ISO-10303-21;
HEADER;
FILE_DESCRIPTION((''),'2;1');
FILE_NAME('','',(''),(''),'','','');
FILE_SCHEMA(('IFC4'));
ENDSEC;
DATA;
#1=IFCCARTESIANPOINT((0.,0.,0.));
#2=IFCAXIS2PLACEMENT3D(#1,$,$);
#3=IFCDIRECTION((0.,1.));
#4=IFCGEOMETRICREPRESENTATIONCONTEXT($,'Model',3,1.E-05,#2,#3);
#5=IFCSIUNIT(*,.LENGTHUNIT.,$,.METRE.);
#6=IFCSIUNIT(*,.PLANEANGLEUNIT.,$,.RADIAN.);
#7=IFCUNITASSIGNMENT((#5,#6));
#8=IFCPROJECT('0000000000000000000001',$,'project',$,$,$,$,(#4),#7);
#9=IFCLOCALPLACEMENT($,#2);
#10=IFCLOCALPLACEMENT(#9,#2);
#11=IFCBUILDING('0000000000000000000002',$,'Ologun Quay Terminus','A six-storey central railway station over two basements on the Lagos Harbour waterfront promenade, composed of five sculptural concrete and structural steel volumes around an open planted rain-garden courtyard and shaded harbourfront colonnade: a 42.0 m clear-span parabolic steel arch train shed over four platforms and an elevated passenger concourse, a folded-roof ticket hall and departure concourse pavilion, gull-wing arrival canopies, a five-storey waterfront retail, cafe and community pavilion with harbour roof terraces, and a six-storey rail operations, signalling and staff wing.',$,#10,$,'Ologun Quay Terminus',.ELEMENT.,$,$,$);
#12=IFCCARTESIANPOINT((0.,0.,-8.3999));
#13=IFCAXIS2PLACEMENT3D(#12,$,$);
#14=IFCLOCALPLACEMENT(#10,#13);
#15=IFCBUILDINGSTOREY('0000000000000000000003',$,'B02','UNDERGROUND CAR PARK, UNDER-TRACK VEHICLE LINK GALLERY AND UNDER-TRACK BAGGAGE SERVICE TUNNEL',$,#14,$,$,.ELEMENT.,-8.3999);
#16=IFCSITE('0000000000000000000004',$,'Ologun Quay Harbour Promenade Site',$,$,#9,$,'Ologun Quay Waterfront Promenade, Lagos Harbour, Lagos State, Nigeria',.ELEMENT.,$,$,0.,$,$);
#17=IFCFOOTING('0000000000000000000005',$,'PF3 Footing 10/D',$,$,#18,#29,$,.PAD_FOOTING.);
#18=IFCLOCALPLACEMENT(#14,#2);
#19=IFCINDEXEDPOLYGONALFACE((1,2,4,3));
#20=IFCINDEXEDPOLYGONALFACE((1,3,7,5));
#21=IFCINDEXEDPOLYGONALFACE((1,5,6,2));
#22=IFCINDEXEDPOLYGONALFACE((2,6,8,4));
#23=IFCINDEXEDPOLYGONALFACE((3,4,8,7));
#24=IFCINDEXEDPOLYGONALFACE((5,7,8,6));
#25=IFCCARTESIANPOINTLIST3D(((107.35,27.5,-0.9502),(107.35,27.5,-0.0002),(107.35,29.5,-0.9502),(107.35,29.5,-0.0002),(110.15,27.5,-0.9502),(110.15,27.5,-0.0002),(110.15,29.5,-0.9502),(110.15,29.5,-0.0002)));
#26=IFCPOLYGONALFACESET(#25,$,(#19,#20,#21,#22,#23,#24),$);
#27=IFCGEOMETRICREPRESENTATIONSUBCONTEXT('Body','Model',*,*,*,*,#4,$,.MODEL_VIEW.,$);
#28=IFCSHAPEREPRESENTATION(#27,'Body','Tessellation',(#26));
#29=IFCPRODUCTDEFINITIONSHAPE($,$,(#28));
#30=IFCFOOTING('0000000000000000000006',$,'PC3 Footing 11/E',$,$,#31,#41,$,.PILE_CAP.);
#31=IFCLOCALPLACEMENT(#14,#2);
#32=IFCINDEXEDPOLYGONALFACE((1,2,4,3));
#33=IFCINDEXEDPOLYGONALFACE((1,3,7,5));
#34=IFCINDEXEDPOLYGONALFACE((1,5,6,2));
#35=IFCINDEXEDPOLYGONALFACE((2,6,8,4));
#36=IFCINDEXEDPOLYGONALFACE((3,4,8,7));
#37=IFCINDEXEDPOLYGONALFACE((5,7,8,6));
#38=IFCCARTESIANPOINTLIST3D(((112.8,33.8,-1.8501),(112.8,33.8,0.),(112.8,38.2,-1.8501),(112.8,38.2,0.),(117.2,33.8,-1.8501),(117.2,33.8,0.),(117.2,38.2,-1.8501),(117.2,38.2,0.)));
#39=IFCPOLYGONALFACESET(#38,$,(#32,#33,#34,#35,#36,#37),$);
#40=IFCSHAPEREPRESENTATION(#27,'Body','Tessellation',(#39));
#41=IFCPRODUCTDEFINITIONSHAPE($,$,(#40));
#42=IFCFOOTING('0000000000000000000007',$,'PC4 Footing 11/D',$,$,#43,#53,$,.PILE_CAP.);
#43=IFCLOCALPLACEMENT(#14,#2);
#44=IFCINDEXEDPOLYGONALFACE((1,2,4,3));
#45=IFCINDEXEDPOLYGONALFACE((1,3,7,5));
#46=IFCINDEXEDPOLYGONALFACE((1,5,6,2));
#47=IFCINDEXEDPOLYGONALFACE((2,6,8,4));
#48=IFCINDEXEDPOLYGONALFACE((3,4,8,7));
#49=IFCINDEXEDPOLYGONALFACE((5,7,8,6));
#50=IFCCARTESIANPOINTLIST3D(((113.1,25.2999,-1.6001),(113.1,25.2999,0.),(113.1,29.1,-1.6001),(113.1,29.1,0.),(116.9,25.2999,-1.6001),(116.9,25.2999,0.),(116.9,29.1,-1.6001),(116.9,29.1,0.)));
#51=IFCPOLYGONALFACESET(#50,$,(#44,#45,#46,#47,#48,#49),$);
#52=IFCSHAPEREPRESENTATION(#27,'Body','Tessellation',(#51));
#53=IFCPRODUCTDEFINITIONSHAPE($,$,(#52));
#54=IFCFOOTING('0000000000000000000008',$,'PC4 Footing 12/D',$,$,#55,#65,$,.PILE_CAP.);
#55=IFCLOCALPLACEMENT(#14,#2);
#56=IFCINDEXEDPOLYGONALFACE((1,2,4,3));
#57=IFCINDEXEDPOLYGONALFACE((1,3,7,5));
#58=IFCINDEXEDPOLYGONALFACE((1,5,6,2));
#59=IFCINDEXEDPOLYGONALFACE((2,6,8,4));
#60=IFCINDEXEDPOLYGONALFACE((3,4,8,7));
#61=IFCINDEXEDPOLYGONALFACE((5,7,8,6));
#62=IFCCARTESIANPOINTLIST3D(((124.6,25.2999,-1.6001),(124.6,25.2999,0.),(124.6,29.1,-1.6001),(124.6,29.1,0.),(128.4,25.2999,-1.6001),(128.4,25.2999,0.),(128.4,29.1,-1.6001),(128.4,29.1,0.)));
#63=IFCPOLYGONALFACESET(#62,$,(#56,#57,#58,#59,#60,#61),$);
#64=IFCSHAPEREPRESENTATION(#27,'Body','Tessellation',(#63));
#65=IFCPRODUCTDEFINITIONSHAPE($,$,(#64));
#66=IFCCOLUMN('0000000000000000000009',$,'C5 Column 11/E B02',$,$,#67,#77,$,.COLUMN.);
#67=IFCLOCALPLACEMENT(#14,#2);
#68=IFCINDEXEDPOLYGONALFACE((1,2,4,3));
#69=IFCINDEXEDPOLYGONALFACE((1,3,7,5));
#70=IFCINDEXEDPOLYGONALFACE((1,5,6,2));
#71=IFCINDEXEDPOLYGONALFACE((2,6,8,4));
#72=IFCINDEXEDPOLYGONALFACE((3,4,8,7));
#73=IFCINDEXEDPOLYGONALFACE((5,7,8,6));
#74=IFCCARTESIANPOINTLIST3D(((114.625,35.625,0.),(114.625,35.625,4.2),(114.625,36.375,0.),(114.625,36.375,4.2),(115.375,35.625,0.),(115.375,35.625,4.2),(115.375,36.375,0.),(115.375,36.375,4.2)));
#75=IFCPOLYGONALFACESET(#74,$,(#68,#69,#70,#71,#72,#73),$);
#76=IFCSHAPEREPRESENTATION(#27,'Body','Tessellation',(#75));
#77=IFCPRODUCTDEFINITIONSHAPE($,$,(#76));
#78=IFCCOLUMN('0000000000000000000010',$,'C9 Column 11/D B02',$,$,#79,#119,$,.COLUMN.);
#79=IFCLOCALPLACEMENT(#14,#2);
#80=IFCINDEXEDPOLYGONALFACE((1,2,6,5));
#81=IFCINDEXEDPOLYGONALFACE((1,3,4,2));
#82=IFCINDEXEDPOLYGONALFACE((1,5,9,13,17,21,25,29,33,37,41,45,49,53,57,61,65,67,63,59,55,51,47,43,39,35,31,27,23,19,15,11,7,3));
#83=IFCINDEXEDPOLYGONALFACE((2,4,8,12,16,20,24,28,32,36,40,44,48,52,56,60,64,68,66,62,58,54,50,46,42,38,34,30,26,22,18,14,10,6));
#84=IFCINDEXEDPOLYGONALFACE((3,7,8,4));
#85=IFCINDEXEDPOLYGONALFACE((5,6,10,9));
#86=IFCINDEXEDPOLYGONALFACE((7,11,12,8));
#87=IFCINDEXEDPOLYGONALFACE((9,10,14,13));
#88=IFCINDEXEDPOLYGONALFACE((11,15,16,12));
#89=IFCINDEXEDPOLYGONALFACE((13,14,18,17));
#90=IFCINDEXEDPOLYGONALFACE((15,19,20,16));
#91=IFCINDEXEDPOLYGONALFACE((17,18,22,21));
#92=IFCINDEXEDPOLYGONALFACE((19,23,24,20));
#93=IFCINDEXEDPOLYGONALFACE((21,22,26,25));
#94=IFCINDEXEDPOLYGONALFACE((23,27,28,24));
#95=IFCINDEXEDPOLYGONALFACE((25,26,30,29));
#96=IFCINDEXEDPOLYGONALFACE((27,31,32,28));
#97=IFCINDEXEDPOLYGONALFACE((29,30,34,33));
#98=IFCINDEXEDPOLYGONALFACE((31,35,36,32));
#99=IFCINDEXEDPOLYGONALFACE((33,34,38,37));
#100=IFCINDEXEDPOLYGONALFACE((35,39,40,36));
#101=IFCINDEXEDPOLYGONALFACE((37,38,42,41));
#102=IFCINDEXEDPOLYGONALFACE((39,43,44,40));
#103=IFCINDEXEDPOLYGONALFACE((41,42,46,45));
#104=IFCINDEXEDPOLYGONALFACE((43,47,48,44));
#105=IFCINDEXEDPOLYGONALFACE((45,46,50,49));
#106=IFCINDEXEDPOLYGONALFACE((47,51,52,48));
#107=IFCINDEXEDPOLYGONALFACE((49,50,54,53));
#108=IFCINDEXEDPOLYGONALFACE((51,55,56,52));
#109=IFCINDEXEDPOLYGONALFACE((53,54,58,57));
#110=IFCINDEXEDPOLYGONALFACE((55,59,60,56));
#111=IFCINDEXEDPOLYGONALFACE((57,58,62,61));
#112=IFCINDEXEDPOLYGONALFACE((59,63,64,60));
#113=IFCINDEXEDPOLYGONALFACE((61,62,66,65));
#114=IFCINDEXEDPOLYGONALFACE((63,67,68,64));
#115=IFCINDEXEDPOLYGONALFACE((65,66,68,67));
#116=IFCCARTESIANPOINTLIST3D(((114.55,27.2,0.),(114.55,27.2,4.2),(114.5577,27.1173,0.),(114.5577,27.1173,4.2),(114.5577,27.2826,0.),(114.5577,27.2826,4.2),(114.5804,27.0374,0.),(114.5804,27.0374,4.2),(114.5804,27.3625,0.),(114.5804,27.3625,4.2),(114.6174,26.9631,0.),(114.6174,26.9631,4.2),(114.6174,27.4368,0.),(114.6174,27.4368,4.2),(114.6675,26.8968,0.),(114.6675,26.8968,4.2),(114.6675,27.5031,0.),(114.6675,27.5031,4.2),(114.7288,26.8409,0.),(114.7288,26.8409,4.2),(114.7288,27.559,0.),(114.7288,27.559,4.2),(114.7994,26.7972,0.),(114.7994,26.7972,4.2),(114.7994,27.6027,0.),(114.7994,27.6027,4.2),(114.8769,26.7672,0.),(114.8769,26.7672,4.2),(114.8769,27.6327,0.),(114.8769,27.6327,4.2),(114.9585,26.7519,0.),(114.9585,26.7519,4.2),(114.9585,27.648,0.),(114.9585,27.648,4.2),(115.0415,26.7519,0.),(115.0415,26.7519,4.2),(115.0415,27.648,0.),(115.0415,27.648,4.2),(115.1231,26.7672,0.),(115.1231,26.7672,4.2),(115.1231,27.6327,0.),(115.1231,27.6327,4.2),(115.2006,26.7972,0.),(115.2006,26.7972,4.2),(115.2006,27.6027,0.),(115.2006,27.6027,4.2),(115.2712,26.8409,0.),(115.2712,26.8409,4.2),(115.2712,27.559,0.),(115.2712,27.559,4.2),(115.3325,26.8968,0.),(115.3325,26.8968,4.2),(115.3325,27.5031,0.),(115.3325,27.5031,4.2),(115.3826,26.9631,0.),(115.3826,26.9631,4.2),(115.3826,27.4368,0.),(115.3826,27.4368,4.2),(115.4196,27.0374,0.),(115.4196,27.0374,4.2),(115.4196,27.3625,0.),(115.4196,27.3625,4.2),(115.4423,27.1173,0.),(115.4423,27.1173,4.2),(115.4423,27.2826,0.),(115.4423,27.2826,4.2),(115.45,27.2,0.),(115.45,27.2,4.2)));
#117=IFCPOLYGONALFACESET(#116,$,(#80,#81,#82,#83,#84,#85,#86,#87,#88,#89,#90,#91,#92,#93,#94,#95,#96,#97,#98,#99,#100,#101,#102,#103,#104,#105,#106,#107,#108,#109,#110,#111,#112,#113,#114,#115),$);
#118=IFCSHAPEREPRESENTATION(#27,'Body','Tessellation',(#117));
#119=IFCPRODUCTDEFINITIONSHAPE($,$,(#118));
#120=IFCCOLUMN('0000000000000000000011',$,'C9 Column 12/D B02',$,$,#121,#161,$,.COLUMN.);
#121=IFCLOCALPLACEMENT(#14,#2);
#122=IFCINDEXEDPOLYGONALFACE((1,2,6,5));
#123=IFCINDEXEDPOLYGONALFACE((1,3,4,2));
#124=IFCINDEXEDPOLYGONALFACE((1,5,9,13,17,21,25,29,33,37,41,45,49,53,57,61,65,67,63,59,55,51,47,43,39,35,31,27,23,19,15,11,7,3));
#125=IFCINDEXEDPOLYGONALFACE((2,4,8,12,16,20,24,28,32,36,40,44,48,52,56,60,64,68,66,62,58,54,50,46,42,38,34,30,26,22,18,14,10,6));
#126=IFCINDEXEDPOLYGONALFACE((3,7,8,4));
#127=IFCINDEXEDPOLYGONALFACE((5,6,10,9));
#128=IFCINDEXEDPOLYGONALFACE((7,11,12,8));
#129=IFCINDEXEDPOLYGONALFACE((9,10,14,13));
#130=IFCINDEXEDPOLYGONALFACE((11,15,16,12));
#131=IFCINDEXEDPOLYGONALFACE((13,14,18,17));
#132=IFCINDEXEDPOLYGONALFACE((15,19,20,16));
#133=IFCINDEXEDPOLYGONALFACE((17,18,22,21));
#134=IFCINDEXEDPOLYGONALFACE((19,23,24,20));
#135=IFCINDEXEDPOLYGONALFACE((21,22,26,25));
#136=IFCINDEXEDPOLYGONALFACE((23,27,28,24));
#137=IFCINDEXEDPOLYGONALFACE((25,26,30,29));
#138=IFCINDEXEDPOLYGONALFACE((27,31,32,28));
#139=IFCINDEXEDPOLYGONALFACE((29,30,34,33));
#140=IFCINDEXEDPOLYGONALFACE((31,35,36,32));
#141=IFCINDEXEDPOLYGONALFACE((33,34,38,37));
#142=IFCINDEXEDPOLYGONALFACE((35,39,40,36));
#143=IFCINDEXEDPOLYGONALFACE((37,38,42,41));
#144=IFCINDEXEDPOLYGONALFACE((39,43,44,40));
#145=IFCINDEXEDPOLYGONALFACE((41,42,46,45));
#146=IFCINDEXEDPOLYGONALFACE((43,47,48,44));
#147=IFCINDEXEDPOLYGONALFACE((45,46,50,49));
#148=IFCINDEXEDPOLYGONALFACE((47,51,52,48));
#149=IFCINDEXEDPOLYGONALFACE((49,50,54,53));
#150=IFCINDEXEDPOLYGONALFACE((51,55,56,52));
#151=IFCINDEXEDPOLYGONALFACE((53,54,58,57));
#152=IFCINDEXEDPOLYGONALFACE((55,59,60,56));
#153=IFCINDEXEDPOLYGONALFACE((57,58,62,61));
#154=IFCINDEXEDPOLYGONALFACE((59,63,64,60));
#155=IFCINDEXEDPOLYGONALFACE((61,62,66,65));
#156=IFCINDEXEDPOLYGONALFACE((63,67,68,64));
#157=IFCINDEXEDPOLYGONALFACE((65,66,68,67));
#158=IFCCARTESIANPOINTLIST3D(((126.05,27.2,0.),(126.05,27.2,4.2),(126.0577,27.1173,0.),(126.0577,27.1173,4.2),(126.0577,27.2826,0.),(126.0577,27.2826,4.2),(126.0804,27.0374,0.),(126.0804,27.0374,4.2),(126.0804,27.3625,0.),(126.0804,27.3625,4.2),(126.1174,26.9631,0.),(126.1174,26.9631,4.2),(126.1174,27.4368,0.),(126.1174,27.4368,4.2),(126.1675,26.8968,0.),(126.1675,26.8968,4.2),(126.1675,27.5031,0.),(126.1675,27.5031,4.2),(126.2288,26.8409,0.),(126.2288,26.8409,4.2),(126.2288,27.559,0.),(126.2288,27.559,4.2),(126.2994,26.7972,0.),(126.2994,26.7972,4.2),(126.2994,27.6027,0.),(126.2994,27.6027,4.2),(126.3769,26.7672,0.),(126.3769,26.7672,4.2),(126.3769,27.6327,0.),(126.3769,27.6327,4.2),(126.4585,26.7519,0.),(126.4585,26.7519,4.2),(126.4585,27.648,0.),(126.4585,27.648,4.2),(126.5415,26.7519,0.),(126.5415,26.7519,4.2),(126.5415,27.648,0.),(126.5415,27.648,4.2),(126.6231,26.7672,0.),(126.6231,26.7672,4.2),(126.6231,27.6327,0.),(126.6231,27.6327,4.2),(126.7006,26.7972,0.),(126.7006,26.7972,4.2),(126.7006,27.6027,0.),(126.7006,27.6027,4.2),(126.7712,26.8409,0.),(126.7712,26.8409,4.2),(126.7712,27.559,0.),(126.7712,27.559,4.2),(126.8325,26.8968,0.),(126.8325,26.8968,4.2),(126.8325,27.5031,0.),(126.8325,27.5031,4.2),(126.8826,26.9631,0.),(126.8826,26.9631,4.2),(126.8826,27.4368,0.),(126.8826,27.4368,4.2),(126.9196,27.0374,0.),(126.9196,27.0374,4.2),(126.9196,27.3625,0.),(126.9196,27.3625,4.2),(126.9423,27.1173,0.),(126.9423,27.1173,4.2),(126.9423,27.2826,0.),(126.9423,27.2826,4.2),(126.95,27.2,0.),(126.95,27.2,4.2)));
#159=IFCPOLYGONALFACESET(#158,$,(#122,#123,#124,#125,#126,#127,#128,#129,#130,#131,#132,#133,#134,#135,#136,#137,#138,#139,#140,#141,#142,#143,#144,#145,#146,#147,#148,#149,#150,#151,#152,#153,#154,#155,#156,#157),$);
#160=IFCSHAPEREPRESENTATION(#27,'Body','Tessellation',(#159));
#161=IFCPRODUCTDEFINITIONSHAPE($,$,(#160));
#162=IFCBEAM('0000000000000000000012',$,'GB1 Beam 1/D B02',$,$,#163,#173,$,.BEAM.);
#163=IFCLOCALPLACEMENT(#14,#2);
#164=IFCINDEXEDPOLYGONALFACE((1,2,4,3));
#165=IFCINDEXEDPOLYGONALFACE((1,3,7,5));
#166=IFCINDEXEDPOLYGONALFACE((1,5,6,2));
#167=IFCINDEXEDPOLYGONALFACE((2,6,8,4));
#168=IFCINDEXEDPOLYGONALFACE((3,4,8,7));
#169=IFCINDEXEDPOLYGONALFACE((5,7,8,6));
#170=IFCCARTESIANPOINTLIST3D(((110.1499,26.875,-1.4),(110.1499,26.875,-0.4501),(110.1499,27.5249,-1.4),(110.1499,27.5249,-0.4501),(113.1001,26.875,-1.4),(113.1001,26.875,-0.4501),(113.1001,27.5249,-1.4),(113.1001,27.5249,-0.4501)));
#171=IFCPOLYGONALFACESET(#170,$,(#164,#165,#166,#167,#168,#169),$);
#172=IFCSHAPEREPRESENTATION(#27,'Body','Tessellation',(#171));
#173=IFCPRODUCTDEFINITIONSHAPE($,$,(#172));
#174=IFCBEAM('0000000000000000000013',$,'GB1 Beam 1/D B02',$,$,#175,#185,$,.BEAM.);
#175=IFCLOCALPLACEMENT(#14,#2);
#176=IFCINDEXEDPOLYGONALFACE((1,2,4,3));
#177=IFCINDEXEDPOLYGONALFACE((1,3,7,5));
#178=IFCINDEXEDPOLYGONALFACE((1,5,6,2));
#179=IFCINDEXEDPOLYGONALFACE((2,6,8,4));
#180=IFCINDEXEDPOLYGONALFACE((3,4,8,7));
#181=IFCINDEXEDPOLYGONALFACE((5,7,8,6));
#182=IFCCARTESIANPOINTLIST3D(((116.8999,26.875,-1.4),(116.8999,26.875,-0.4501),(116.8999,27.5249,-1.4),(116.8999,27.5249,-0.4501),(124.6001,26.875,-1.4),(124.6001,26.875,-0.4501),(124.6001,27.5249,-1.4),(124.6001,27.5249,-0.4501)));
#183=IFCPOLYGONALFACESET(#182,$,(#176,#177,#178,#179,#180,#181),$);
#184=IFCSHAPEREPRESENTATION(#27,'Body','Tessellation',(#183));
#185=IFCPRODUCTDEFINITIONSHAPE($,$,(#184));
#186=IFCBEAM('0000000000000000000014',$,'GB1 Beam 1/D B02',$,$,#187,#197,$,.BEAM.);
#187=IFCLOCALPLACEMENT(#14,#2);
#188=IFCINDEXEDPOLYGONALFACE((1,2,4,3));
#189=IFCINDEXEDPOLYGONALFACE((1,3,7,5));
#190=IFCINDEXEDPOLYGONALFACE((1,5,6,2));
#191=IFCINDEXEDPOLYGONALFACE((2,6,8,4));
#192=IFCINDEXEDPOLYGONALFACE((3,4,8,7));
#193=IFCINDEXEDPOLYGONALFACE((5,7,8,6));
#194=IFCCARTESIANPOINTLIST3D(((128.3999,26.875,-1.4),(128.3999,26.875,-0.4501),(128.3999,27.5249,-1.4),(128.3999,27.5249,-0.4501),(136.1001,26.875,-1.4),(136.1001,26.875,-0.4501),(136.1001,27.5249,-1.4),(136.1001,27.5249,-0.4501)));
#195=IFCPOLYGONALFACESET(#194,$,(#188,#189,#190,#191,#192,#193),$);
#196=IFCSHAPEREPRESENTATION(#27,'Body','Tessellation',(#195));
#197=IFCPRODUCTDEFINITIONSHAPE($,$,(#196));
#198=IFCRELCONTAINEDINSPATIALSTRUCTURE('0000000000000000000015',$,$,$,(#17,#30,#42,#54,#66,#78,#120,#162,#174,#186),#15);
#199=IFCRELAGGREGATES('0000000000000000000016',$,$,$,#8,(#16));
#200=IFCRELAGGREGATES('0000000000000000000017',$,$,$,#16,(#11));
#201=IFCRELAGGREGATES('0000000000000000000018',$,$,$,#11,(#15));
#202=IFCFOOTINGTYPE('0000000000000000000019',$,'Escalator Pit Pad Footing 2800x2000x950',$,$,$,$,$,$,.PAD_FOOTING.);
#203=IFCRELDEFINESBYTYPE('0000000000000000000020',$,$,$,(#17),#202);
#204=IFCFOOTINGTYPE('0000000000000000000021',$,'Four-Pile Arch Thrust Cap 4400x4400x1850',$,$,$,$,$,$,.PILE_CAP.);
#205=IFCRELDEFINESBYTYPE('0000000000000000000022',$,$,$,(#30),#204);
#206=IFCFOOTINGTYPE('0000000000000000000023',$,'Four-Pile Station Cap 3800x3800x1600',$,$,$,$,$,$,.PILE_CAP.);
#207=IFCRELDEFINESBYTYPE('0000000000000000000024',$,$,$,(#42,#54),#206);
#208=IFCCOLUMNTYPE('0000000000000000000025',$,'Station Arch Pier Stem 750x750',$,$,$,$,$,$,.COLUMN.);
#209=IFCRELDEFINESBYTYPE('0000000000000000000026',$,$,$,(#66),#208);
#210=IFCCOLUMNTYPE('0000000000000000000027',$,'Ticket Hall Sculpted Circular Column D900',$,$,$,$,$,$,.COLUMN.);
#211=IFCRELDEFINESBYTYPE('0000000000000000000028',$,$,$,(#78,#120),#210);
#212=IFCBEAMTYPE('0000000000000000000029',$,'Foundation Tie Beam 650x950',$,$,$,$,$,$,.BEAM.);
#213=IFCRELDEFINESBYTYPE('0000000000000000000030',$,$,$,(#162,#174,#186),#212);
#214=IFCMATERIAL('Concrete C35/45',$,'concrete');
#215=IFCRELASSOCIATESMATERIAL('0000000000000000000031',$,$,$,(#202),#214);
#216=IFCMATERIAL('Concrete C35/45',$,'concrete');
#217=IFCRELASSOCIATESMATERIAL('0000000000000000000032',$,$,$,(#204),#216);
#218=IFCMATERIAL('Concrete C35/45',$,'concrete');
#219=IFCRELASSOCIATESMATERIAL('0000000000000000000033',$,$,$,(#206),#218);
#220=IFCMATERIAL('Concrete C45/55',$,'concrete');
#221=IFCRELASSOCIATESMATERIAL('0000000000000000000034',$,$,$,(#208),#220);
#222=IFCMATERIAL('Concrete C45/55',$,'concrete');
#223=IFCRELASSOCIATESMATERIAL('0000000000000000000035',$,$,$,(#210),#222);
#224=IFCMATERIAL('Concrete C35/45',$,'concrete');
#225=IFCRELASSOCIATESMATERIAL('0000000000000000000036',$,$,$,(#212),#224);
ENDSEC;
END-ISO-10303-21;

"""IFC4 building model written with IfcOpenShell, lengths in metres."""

from ifc_helpers import new_model, si_unit, direction, frame, origin, origin_2d, place, context, subcontext, project, spatial, rectangle, circle, extrude, material, material_profile, profile_set, type_object, element, save


model = new_model("IFC4")

# Units and contexts
model_context = context("Model", 3, precision=1e-05, world=origin(), true_north=direction((0.0, 1.0)))
body_context = subcontext(model_context, "Body", "Model", "MODEL_VIEW")
ifc_project = project(units=[si_unit("LENGTHUNIT", "METRE"), si_unit("PLANEANGLEUNIT", "RADIAN")], contexts=[model_context])

# Site, building, storey
site_placement = place(None, origin())
site = spatial("IfcSite", under=ifc_project, at=site_placement, Name="Ologun Quay Harbour Promenade Site", LongName="Ologun Quay Waterfront Promenade, Lagos Harbour, Lagos State, Nigeria", CompositionType="ELEMENT", RefElevation=0.0)
building_placement = place(site_placement, origin())
building = spatial("IfcBuilding", under=site, at=building_placement, Name="Ologun Quay Terminus", Description="A six-storey central railway station over two basements on the Lagos Harbour waterfront promenade, composed of five sculptural concrete and structural steel volumes around an open planted rain-garden courtyard and shaded harbourfront colonnade: a 42.0 m clear-span parabolic steel arch train shed over four platforms and an elevated passenger concourse, a folded-roof ticket hall and departure concourse pavilion, gull-wing arrival canopies, a five-storey waterfront retail, cafe and community pavilion with harbour roof terraces, and a six-storey rail operations, signalling and staff wing.", LongName="Ologun Quay Terminus", CompositionType="ELEMENT")
storey_placement = place(building_placement, frame((0.0, 0.0, -8.3999)))
storey = spatial("IfcBuildingStorey", under=building, at=storey_placement, Name="B02", Description="UNDERGROUND CAR PARK, UNDER-TRACK VEHICLE LINK GALLERY AND UNDER-TRACK BAGGAGE SERVICE TUNNEL", CompositionType="ELEMENT", Elevation=-8.3999)

# Footings
ifc_material_1 = material(Name="Concrete C35/45", Category="concrete")
footing_type_1 = type_object("IfcFootingType", Name="Escalator Pit Pad Footing 2800x2000x950", PredefinedType="PAD_FOOTING", material=ifc_material_1)
footing_1_placement = place(storey_placement, frame((108.75, 28.5, -0.9502), z_axis=(0.0, 0.0, 1.0), x_axis=(1.0, 0.0, 0.0)))
element("IfcFooting", 1, at=footing_1_placement, inside=storey, type_object=footing_type_1, Name="PF3 Footing 10/D", PredefinedType="PAD_FOOTING", context=body_context, shape_type="SweptSolid", body=[
    extrude(rectangle(XDim=2.8, YDim=2.0, at=origin_2d()), origin(), (0.0, 0.0, 1.0), 0.95),
])
ifc_material_2 = material(Name="Concrete C35/45", Category="concrete")
footing_type_2 = type_object("IfcFootingType", Name="Four-Pile Arch Thrust Cap 4400x4400x1850", PredefinedType="PILE_CAP", material=ifc_material_2)
footing_2_placement = place(storey_placement, frame((115.0, 36.0, -1.8501), z_axis=(0.0, 0.0, 1.0), x_axis=(1.0, 0.0, 0.0)))
element("IfcFooting", 2, at=footing_2_placement, inside=storey, type_object=footing_type_2, Name="PC3 Footing 11/E", PredefinedType="PILE_CAP", context=body_context, shape_type="SweptSolid", body=[
    extrude(rectangle(XDim=4.3999, YDim=4.3999, at=origin_2d()), origin(), (0.0, 0.0, 1.0), 1.8501),
])
ifc_material_3 = material(Name="Concrete C35/45", Category="concrete")
footing_type_3 = type_object("IfcFootingType", Name="Four-Pile Station Cap 3800x3800x1600", PredefinedType="PILE_CAP", material=ifc_material_3)
for number, where, z_axis, x_axis, name in (
    (3, (115.0, 27.2, -1.6001), (0.0, 0.0, 1.0), (1.0, 0.0, 0.0), "PC4 Footing 11/D"),
    (4, (126.5, 27.2, -1.6001), (0.0, 0.0, 1.0), (1.0, 0.0, 0.0), "PC4 Footing 12/D"),
):
    element("IfcFooting", number, at=place(storey_placement, frame(where, z_axis=z_axis, x_axis=x_axis)), inside=storey, type_object=footing_type_3, Name=name, PredefinedType="PILE_CAP", context=body_context, shape_type="SweptSolid", body=[
        extrude(rectangle(XDim=3.8, YDim=3.8, at=origin_2d()), origin(), (0.0, 0.0, 1.0), 1.6001),
    ])

# Columns
ifc_material_4 = material(Name="Concrete C45/55", Category="concrete")
ifc_material_profile_1 = material_profile(ifc_material_4, rectangle(XDim=0.75, YDim=0.75, at=origin_2d()), Name="RC 750x750")
ifc_profile_set_1 = profile_set([ifc_material_profile_1], Name="Concrete C45/55")
column_type_1 = type_object("IfcColumnType", Name="Station Arch Pier Stem 750x750", PredefinedType="COLUMN", material=ifc_profile_set_1)
column_placement = place(storey_placement, frame((115.0, 36.0, 0.0), z_axis=(0.0, 0.0, 1.0), x_axis=(1.0, 0.0, 0.0)))
element("IfcColumn", 5, at=column_placement, inside=storey, type_object=column_type_1, Name="C5 Column 11/E B02", PredefinedType="COLUMN", context=body_context, shape_type="SweptSolid", body=[
    extrude(rectangle(XDim=0.75, YDim=0.75, at=origin_2d()), origin(), (0.0, 0.0, 1.0), 4.2),
])
ifc_material_5 = material(Name="Concrete C45/55", Category="concrete")
ifc_material_profile_2 = material_profile(ifc_material_5, circle(Radius=0.45, at=origin_2d()), Name="RC D900")
ifc_profile_set_2 = profile_set([ifc_material_profile_2], Name="Concrete C45/55")
column_type_2 = type_object("IfcColumnType", Name="Ticket Hall Sculpted Circular Column D900", PredefinedType="COLUMN", material=ifc_profile_set_2)
for number, where, z_axis, x_axis, name in (
    (6, (115.0, 27.2, 0.0), (0.0, 0.0, 1.0), (1.0, 0.0, 0.0), "C9 Column 11/D B02"),
    (7, (126.5, 27.2, 0.0), (0.0, 0.0, 1.0), (1.0, 0.0, 0.0), "C9 Column 12/D B02"),
):
    element("IfcColumn", number, at=place(storey_placement, frame(where, z_axis=z_axis, x_axis=x_axis)), inside=storey, type_object=column_type_2, Name=name, PredefinedType="COLUMN", context=body_context, shape_type="SweptSolid", body=[
        extrude(circle(Radius=0.45, at=origin_2d()), origin(), (0.0, 0.0, 1.0), 4.2),
    ])

# Beams
ifc_material_6 = material(Name="Concrete C35/45", Category="concrete")
ifc_material_profile_3 = material_profile(ifc_material_6, rectangle(XDim=0.6499, YDim=0.95, at=origin_2d()), Name="RC 650x950")
ifc_profile_set_3 = profile_set([ifc_material_profile_3], Name="Concrete C35/45")
beam_type_1 = type_object("IfcBeamType", Name="Foundation Tie Beam 650x950", PredefinedType="BEAM", material=ifc_profile_set_3)
beam_placement = place(storey_placement, frame((110.1499, 27.2, -0.925), z_axis=(1.0, 0.0, 0.0), x_axis=(0.0, 1.0, 0.0)))
element("IfcBeam", 8, at=beam_placement, inside=storey, type_object=beam_type_1, Name="GB1 Beam 1/D B02", PredefinedType="BEAM", context=body_context, shape_type="SweptSolid", body=[
    extrude(rectangle(XDim=0.6499, YDim=0.95, at=origin_2d()), origin(), (0.0, 0.0, 1.0), 2.9502),
])
for number, where, z_axis, x_axis, name in (
    (9, (116.8999, 27.2, -0.925), (1.0, 0.0, 0.0), (0.0, 1.0, 0.0), "GB1 Beam 1/D B02"),
    (10, (128.3999, 27.2, -0.925), (1.0, 0.0, 0.0), (0.0, 1.0, 0.0), "GB1 Beam 1/D B02"),
):
    element("IfcBeam", number, at=place(storey_placement, frame(where, z_axis=z_axis, x_axis=x_axis)), inside=storey, type_object=beam_type_1, Name=name, PredefinedType="BEAM", context=body_context, shape_type="SweptSolid", body=[
        extrude(rectangle(XDim=0.6499, YDim=0.95, at=origin_2d()), origin(), (0.0, 0.0, 1.0), 7.7002),
    ])

save(model, "model.ifc")
